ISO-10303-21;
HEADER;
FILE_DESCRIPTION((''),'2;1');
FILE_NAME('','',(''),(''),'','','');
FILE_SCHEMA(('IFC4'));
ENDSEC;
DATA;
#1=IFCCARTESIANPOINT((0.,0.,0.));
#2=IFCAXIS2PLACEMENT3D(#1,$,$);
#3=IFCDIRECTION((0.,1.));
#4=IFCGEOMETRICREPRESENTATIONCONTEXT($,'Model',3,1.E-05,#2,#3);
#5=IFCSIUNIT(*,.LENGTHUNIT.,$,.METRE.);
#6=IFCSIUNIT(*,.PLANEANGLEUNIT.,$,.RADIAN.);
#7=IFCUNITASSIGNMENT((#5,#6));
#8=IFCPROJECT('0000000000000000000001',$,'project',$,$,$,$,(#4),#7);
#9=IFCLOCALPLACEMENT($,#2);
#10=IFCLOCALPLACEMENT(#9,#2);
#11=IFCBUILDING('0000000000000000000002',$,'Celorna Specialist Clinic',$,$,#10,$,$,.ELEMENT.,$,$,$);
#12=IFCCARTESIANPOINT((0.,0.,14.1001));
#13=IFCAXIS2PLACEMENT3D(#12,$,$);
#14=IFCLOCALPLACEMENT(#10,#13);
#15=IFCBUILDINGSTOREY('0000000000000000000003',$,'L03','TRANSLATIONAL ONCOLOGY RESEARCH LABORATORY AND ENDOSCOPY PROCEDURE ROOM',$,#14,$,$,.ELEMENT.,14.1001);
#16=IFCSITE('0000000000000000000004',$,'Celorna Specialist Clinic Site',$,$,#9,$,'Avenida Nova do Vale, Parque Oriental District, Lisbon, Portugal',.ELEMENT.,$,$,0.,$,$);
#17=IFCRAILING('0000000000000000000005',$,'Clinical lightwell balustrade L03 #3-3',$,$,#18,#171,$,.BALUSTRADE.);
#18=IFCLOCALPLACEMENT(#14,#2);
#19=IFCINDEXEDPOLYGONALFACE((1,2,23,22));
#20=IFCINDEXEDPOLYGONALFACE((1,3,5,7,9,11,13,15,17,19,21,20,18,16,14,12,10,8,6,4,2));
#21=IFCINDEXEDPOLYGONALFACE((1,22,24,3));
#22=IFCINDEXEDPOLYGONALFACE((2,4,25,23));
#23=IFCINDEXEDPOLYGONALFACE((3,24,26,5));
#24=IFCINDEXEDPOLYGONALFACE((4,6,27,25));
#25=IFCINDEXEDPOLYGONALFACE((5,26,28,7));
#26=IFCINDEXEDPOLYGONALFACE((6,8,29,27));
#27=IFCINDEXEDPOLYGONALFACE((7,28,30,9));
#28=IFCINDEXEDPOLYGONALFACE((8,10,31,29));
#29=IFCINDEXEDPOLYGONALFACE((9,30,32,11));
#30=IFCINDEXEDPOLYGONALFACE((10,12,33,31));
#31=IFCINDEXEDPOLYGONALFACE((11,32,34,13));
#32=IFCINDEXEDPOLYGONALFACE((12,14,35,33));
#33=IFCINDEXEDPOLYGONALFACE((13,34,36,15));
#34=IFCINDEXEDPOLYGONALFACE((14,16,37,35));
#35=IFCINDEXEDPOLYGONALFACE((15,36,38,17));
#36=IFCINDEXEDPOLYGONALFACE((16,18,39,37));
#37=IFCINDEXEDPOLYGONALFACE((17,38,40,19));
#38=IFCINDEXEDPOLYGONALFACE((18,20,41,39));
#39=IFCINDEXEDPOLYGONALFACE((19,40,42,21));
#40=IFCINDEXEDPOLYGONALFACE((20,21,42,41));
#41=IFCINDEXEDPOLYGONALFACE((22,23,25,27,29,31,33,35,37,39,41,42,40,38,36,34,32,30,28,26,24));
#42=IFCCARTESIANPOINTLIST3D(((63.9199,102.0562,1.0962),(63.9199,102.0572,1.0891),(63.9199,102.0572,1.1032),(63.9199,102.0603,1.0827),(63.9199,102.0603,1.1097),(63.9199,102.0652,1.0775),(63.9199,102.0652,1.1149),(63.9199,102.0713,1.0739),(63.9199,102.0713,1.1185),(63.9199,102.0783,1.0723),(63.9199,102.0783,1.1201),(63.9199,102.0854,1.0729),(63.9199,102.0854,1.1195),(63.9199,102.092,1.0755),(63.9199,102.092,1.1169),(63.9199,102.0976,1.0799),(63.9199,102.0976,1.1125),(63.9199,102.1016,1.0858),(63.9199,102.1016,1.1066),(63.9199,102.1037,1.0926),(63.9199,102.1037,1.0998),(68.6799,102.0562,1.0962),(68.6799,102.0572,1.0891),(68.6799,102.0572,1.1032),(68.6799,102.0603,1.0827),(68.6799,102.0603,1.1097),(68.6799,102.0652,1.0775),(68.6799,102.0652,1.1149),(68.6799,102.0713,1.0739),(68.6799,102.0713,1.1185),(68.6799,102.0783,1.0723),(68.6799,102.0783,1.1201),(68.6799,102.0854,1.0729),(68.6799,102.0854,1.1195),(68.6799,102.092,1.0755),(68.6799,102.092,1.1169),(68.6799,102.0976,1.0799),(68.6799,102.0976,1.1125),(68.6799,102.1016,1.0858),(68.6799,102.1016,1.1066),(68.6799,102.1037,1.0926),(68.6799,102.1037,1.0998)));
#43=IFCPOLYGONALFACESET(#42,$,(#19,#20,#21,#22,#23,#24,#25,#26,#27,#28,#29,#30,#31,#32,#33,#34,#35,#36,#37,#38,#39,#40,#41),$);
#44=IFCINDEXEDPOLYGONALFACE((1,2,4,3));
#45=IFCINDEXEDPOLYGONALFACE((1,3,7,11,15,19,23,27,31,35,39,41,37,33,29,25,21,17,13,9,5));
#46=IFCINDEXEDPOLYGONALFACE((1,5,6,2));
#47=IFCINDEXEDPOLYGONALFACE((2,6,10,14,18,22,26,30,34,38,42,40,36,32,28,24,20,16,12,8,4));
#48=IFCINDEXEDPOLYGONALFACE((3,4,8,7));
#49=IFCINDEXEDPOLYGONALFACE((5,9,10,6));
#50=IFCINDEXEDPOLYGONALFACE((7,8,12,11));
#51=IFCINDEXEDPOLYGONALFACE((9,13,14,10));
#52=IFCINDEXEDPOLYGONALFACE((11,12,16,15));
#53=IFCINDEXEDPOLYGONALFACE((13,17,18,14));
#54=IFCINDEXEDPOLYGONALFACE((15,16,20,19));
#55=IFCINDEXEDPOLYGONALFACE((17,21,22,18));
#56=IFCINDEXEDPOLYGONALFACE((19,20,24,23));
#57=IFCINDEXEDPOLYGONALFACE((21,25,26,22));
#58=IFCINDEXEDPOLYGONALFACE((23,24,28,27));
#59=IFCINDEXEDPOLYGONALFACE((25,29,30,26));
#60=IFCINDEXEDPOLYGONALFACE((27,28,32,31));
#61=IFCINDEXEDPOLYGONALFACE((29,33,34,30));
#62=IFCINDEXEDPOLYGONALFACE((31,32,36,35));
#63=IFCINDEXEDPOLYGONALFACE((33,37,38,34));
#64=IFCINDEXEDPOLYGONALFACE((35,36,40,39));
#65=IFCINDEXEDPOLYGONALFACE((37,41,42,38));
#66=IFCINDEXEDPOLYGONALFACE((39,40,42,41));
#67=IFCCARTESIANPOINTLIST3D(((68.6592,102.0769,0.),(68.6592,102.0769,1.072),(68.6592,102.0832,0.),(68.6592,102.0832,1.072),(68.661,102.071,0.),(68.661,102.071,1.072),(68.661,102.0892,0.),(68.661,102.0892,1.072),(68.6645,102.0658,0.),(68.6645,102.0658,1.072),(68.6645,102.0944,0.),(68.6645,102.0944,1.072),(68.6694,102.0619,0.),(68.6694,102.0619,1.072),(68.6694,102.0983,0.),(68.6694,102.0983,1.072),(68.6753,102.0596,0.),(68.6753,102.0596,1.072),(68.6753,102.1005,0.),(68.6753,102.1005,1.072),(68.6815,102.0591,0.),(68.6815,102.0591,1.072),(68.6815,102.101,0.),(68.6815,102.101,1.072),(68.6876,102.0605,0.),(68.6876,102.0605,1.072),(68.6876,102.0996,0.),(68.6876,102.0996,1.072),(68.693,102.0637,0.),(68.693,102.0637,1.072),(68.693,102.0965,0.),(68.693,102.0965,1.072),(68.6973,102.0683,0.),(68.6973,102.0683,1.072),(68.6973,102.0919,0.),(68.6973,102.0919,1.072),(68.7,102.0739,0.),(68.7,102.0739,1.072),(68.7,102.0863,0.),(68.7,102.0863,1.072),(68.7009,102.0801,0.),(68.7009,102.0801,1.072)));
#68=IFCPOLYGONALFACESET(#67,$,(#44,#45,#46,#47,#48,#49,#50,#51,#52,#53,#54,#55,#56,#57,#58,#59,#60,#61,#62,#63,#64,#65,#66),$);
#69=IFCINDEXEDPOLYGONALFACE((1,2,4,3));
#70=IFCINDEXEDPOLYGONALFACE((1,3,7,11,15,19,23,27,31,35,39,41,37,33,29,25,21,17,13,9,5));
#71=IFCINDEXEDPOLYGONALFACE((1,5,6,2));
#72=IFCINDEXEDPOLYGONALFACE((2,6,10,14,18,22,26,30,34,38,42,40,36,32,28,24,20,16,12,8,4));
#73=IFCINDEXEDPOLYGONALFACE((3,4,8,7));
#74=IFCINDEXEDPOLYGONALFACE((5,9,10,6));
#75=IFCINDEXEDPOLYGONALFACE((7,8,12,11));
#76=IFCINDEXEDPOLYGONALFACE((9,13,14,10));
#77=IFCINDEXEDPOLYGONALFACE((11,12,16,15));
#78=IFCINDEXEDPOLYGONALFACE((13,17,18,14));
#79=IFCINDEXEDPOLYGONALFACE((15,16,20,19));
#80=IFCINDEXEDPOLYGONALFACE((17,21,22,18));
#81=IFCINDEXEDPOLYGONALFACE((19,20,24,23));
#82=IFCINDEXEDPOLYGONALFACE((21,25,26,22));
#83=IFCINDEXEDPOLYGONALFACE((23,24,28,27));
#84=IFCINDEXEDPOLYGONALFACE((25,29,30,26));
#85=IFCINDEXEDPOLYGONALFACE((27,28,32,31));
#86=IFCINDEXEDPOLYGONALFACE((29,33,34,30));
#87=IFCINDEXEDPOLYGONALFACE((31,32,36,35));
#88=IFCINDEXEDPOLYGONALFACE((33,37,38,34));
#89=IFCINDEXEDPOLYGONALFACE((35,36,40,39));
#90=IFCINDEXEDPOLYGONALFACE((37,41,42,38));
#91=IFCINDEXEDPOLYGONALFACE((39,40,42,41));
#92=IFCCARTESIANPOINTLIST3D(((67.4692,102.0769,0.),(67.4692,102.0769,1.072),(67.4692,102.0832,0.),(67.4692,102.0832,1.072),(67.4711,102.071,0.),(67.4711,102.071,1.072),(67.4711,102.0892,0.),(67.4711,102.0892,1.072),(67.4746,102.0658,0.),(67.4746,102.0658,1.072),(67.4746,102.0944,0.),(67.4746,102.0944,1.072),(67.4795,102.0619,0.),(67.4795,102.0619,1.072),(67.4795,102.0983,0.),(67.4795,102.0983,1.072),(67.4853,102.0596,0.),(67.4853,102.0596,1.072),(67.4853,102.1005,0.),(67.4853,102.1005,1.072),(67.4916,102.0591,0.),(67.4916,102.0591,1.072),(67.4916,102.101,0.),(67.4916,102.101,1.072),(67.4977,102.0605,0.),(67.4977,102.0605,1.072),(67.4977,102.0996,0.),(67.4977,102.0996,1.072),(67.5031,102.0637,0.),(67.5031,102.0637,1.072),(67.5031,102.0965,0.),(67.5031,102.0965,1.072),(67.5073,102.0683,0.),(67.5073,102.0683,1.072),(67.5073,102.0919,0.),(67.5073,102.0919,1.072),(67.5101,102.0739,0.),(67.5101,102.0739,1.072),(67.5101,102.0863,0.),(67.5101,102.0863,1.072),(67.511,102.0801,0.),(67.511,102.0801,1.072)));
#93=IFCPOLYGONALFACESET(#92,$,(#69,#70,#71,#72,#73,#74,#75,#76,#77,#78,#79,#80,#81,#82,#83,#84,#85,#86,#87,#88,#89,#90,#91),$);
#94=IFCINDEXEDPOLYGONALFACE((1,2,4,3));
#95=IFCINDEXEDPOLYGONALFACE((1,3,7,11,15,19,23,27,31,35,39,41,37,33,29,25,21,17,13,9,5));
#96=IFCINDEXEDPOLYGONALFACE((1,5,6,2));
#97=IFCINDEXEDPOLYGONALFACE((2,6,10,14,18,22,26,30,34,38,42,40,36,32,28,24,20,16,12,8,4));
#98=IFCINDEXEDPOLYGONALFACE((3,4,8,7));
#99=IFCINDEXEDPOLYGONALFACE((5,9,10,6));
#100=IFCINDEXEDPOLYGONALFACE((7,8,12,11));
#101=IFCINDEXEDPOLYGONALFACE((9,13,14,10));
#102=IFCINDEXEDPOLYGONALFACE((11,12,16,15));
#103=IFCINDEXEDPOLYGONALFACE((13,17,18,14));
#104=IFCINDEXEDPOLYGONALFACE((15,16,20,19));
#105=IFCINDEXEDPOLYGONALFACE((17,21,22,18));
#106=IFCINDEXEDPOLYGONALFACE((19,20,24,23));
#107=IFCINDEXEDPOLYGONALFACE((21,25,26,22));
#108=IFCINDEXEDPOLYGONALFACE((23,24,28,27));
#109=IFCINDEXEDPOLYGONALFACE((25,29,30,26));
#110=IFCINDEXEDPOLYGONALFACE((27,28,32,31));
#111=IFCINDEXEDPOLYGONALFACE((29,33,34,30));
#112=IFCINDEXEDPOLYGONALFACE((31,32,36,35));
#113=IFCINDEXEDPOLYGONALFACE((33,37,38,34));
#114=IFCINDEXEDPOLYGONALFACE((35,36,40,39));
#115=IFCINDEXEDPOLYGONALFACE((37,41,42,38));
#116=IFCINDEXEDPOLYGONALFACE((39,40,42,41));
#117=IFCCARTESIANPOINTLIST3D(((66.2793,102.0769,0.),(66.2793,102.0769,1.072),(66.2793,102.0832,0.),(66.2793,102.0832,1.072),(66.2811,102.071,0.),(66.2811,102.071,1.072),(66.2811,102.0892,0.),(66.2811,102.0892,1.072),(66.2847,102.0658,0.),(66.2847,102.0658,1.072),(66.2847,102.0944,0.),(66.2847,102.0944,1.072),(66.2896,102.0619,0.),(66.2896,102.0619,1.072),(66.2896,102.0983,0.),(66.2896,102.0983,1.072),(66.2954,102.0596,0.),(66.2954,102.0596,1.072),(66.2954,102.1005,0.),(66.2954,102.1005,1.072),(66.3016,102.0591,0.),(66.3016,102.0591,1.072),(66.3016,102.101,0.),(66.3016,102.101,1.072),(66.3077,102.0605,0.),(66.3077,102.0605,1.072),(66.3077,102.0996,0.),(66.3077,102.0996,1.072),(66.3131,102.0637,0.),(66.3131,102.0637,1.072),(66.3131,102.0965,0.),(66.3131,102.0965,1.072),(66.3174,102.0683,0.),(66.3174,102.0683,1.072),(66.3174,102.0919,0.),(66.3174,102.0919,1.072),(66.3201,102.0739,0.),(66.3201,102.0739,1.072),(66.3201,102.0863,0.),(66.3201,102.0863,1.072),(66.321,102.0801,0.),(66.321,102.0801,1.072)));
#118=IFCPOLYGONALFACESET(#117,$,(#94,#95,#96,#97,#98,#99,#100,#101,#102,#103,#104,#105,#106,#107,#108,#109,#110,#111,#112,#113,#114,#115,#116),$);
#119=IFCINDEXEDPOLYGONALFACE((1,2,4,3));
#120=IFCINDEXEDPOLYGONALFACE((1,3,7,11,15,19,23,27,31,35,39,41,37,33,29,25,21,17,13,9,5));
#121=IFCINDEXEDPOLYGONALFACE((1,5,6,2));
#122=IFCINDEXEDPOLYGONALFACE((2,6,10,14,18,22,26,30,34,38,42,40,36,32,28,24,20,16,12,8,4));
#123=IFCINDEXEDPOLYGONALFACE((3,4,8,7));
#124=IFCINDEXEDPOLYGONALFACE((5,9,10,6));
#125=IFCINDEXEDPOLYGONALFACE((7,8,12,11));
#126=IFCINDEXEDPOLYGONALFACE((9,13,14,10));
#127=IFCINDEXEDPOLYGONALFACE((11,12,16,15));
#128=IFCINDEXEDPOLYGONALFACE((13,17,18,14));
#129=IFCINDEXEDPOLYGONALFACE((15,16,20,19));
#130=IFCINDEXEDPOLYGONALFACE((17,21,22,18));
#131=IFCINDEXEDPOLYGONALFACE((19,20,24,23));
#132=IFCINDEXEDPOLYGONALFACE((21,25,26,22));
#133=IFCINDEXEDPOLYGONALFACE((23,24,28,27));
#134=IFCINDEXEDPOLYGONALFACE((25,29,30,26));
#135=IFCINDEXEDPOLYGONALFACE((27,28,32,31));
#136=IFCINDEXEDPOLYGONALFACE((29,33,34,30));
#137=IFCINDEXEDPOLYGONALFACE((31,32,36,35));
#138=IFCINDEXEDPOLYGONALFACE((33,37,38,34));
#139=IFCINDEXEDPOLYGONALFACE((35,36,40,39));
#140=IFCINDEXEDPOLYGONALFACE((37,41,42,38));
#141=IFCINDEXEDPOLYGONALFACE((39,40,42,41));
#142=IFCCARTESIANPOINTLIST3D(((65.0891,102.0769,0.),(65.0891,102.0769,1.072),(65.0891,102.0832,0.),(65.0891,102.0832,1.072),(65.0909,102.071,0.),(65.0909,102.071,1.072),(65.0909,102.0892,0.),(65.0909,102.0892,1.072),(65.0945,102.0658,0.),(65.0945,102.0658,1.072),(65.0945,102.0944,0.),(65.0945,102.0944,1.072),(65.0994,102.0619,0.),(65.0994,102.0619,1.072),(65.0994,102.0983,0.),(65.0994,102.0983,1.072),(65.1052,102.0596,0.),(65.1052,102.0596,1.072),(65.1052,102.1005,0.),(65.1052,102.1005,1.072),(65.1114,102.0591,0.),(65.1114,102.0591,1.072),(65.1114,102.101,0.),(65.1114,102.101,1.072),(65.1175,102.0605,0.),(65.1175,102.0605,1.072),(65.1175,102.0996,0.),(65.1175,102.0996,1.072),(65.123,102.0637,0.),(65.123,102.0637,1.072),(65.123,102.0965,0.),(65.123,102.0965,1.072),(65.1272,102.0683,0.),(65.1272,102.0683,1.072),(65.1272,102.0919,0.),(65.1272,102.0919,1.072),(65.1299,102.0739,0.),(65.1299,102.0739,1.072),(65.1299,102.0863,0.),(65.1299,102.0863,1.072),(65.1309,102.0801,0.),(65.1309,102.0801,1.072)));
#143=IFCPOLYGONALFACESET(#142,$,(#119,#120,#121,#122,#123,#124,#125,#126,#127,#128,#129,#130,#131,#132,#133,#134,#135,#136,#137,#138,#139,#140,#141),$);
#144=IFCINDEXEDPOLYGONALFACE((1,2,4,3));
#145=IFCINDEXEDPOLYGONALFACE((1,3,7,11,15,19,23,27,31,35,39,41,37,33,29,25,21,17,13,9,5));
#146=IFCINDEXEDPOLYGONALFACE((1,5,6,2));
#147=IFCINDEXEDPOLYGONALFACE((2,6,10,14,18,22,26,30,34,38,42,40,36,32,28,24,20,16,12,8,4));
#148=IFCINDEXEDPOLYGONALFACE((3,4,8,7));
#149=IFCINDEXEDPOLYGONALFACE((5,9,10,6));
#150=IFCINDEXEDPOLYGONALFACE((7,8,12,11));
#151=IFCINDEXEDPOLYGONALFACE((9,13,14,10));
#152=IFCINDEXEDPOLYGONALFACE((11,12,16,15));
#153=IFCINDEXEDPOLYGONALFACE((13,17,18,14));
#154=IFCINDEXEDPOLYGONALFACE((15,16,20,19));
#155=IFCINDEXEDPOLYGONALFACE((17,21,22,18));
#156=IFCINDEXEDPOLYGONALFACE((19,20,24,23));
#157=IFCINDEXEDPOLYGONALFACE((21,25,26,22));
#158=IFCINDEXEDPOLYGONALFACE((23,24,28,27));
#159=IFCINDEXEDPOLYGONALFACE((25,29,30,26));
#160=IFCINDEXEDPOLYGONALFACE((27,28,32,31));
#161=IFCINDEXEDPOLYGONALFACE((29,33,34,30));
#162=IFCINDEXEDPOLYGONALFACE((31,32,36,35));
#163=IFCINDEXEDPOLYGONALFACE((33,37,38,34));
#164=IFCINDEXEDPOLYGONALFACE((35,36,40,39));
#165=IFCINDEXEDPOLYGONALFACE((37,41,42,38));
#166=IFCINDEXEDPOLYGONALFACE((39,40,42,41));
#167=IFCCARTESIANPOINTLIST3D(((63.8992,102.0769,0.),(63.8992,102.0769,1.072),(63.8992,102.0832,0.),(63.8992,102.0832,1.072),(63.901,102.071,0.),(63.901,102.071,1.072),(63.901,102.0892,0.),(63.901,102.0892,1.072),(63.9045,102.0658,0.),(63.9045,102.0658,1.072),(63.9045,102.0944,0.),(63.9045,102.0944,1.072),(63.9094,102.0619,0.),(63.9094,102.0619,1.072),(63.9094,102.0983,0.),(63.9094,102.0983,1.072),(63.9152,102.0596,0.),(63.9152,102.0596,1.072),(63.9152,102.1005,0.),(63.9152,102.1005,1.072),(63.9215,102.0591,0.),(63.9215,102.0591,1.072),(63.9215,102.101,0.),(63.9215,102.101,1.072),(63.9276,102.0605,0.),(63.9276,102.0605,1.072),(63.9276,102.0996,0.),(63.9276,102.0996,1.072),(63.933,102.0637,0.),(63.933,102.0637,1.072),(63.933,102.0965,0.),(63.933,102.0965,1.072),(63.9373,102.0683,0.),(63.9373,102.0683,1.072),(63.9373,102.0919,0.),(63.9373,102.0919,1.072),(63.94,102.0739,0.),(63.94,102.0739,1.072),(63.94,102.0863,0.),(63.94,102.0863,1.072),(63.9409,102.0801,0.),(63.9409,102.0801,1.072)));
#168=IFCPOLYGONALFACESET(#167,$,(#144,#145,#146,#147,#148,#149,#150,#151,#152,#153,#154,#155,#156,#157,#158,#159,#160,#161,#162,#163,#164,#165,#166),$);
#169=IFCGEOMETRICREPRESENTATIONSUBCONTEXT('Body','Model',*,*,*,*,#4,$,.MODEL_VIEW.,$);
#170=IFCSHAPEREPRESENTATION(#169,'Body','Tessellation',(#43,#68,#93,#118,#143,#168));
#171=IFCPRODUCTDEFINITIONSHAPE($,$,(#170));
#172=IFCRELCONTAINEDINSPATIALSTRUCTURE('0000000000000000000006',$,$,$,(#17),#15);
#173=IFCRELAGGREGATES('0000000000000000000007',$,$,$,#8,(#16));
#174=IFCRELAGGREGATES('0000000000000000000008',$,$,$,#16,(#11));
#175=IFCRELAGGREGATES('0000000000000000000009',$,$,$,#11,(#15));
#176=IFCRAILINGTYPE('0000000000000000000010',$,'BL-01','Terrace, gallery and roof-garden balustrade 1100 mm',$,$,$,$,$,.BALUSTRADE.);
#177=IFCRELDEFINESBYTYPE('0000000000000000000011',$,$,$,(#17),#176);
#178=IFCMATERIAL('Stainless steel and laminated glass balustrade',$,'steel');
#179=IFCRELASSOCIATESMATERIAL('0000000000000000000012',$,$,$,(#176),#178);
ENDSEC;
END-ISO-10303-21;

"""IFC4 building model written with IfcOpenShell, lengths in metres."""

from ifc_helpers import new_model, si_unit, direction, frame, origin, origin_2d, place, context, subcontext, project, spatial, circle, extrude, material, type_object, element, save


model = new_model("IFC4")

# Units and contexts
model_context = context("Model", 3, precision=1e-05, world=origin(), true_north=direction((0.0, 1.0)))
body_context = subcontext(model_context, "Body", "Model", "MODEL_VIEW")
ifc_project = project(units=[si_unit("LENGTHUNIT", "METRE"), si_unit("PLANEANGLEUNIT", "RADIAN")], contexts=[model_context])

# Site, building, storey
site_placement = place(None, origin())
site = spatial("IfcSite", under=ifc_project, at=site_placement, Name="Celorna Specialist Clinic Site", LongName="Avenida Nova do Vale, Parque Oriental District, Lisbon, Portugal", CompositionType="ELEMENT", RefElevation=0.0)
building_placement = place(site_placement, origin())
building = spatial("IfcBuilding", under=site, at=building_placement, Name="Celorna Specialist Clinic", CompositionType="ELEMENT")
storey_placement = place(building_placement, frame((0.0, 0.0, 14.1001)))
storey = spatial("IfcBuildingStorey", under=building, at=storey_placement, Name="L03", Description="TRANSLATIONAL ONCOLOGY RESEARCH LABORATORY AND ENDOSCOPY PROCEDURE ROOM", CompositionType="ELEMENT", Elevation=14.1001)

# Railing
ifc_material_1 = material(Name="Stainless steel and laminated glass balustrade", Category="steel")
railing_type = type_object("IfcRailingType", Name="BL-01", Description="Terrace, gallery and roof-garden balustrade 1100 mm", PredefinedType="BALUSTRADE", material=ifc_material_1)
railing_1_placement = place(storey_placement, frame((68.6799, 102.0801, 0.0)))
element("IfcRailing", 1, at=railing_1_placement, inside=storey, type_object=railing_type, Name="Clinical lightwell balustrade L03 #3-3", PredefinedType="BALUSTRADE", context=body_context, shape_type="SweptSolid", body=[
    extrude(circle(Radius=0.0239, at=origin_2d()), frame((0.0, 0.0, 1.0962), z_axis=(-1.0, 0.0, 0.0), x_axis=(0.0, -1.0, 0.0)), (0.0, 0.0, 1.0), 4.76),
    extrude(circle(Radius=0.021, at=origin_2d()), origin(), (0.0, 0.0, 1.0), 1.072),
    extrude(circle(Radius=0.021, at=origin_2d()), frame((-1.1899, 0.0, 0.0)), (0.0, 0.0, 1.0), 1.072),
    extrude(circle(Radius=0.021, at=origin_2d()), frame((-2.3799, 0.0, 0.0)), (0.0, 0.0, 1.0), 1.072),
    extrude(circle(Radius=0.021, at=origin_2d()), frame((-3.5701, 0.0, 0.0)), (0.0, 0.0, 1.0), 1.072),
    extrude(circle(Radius=0.021, at=origin_2d()), frame((-4.76, 0.0, 0.0)), (0.0, 0.0, 1.0), 1.072),
])

save(model, "model.ifc")
